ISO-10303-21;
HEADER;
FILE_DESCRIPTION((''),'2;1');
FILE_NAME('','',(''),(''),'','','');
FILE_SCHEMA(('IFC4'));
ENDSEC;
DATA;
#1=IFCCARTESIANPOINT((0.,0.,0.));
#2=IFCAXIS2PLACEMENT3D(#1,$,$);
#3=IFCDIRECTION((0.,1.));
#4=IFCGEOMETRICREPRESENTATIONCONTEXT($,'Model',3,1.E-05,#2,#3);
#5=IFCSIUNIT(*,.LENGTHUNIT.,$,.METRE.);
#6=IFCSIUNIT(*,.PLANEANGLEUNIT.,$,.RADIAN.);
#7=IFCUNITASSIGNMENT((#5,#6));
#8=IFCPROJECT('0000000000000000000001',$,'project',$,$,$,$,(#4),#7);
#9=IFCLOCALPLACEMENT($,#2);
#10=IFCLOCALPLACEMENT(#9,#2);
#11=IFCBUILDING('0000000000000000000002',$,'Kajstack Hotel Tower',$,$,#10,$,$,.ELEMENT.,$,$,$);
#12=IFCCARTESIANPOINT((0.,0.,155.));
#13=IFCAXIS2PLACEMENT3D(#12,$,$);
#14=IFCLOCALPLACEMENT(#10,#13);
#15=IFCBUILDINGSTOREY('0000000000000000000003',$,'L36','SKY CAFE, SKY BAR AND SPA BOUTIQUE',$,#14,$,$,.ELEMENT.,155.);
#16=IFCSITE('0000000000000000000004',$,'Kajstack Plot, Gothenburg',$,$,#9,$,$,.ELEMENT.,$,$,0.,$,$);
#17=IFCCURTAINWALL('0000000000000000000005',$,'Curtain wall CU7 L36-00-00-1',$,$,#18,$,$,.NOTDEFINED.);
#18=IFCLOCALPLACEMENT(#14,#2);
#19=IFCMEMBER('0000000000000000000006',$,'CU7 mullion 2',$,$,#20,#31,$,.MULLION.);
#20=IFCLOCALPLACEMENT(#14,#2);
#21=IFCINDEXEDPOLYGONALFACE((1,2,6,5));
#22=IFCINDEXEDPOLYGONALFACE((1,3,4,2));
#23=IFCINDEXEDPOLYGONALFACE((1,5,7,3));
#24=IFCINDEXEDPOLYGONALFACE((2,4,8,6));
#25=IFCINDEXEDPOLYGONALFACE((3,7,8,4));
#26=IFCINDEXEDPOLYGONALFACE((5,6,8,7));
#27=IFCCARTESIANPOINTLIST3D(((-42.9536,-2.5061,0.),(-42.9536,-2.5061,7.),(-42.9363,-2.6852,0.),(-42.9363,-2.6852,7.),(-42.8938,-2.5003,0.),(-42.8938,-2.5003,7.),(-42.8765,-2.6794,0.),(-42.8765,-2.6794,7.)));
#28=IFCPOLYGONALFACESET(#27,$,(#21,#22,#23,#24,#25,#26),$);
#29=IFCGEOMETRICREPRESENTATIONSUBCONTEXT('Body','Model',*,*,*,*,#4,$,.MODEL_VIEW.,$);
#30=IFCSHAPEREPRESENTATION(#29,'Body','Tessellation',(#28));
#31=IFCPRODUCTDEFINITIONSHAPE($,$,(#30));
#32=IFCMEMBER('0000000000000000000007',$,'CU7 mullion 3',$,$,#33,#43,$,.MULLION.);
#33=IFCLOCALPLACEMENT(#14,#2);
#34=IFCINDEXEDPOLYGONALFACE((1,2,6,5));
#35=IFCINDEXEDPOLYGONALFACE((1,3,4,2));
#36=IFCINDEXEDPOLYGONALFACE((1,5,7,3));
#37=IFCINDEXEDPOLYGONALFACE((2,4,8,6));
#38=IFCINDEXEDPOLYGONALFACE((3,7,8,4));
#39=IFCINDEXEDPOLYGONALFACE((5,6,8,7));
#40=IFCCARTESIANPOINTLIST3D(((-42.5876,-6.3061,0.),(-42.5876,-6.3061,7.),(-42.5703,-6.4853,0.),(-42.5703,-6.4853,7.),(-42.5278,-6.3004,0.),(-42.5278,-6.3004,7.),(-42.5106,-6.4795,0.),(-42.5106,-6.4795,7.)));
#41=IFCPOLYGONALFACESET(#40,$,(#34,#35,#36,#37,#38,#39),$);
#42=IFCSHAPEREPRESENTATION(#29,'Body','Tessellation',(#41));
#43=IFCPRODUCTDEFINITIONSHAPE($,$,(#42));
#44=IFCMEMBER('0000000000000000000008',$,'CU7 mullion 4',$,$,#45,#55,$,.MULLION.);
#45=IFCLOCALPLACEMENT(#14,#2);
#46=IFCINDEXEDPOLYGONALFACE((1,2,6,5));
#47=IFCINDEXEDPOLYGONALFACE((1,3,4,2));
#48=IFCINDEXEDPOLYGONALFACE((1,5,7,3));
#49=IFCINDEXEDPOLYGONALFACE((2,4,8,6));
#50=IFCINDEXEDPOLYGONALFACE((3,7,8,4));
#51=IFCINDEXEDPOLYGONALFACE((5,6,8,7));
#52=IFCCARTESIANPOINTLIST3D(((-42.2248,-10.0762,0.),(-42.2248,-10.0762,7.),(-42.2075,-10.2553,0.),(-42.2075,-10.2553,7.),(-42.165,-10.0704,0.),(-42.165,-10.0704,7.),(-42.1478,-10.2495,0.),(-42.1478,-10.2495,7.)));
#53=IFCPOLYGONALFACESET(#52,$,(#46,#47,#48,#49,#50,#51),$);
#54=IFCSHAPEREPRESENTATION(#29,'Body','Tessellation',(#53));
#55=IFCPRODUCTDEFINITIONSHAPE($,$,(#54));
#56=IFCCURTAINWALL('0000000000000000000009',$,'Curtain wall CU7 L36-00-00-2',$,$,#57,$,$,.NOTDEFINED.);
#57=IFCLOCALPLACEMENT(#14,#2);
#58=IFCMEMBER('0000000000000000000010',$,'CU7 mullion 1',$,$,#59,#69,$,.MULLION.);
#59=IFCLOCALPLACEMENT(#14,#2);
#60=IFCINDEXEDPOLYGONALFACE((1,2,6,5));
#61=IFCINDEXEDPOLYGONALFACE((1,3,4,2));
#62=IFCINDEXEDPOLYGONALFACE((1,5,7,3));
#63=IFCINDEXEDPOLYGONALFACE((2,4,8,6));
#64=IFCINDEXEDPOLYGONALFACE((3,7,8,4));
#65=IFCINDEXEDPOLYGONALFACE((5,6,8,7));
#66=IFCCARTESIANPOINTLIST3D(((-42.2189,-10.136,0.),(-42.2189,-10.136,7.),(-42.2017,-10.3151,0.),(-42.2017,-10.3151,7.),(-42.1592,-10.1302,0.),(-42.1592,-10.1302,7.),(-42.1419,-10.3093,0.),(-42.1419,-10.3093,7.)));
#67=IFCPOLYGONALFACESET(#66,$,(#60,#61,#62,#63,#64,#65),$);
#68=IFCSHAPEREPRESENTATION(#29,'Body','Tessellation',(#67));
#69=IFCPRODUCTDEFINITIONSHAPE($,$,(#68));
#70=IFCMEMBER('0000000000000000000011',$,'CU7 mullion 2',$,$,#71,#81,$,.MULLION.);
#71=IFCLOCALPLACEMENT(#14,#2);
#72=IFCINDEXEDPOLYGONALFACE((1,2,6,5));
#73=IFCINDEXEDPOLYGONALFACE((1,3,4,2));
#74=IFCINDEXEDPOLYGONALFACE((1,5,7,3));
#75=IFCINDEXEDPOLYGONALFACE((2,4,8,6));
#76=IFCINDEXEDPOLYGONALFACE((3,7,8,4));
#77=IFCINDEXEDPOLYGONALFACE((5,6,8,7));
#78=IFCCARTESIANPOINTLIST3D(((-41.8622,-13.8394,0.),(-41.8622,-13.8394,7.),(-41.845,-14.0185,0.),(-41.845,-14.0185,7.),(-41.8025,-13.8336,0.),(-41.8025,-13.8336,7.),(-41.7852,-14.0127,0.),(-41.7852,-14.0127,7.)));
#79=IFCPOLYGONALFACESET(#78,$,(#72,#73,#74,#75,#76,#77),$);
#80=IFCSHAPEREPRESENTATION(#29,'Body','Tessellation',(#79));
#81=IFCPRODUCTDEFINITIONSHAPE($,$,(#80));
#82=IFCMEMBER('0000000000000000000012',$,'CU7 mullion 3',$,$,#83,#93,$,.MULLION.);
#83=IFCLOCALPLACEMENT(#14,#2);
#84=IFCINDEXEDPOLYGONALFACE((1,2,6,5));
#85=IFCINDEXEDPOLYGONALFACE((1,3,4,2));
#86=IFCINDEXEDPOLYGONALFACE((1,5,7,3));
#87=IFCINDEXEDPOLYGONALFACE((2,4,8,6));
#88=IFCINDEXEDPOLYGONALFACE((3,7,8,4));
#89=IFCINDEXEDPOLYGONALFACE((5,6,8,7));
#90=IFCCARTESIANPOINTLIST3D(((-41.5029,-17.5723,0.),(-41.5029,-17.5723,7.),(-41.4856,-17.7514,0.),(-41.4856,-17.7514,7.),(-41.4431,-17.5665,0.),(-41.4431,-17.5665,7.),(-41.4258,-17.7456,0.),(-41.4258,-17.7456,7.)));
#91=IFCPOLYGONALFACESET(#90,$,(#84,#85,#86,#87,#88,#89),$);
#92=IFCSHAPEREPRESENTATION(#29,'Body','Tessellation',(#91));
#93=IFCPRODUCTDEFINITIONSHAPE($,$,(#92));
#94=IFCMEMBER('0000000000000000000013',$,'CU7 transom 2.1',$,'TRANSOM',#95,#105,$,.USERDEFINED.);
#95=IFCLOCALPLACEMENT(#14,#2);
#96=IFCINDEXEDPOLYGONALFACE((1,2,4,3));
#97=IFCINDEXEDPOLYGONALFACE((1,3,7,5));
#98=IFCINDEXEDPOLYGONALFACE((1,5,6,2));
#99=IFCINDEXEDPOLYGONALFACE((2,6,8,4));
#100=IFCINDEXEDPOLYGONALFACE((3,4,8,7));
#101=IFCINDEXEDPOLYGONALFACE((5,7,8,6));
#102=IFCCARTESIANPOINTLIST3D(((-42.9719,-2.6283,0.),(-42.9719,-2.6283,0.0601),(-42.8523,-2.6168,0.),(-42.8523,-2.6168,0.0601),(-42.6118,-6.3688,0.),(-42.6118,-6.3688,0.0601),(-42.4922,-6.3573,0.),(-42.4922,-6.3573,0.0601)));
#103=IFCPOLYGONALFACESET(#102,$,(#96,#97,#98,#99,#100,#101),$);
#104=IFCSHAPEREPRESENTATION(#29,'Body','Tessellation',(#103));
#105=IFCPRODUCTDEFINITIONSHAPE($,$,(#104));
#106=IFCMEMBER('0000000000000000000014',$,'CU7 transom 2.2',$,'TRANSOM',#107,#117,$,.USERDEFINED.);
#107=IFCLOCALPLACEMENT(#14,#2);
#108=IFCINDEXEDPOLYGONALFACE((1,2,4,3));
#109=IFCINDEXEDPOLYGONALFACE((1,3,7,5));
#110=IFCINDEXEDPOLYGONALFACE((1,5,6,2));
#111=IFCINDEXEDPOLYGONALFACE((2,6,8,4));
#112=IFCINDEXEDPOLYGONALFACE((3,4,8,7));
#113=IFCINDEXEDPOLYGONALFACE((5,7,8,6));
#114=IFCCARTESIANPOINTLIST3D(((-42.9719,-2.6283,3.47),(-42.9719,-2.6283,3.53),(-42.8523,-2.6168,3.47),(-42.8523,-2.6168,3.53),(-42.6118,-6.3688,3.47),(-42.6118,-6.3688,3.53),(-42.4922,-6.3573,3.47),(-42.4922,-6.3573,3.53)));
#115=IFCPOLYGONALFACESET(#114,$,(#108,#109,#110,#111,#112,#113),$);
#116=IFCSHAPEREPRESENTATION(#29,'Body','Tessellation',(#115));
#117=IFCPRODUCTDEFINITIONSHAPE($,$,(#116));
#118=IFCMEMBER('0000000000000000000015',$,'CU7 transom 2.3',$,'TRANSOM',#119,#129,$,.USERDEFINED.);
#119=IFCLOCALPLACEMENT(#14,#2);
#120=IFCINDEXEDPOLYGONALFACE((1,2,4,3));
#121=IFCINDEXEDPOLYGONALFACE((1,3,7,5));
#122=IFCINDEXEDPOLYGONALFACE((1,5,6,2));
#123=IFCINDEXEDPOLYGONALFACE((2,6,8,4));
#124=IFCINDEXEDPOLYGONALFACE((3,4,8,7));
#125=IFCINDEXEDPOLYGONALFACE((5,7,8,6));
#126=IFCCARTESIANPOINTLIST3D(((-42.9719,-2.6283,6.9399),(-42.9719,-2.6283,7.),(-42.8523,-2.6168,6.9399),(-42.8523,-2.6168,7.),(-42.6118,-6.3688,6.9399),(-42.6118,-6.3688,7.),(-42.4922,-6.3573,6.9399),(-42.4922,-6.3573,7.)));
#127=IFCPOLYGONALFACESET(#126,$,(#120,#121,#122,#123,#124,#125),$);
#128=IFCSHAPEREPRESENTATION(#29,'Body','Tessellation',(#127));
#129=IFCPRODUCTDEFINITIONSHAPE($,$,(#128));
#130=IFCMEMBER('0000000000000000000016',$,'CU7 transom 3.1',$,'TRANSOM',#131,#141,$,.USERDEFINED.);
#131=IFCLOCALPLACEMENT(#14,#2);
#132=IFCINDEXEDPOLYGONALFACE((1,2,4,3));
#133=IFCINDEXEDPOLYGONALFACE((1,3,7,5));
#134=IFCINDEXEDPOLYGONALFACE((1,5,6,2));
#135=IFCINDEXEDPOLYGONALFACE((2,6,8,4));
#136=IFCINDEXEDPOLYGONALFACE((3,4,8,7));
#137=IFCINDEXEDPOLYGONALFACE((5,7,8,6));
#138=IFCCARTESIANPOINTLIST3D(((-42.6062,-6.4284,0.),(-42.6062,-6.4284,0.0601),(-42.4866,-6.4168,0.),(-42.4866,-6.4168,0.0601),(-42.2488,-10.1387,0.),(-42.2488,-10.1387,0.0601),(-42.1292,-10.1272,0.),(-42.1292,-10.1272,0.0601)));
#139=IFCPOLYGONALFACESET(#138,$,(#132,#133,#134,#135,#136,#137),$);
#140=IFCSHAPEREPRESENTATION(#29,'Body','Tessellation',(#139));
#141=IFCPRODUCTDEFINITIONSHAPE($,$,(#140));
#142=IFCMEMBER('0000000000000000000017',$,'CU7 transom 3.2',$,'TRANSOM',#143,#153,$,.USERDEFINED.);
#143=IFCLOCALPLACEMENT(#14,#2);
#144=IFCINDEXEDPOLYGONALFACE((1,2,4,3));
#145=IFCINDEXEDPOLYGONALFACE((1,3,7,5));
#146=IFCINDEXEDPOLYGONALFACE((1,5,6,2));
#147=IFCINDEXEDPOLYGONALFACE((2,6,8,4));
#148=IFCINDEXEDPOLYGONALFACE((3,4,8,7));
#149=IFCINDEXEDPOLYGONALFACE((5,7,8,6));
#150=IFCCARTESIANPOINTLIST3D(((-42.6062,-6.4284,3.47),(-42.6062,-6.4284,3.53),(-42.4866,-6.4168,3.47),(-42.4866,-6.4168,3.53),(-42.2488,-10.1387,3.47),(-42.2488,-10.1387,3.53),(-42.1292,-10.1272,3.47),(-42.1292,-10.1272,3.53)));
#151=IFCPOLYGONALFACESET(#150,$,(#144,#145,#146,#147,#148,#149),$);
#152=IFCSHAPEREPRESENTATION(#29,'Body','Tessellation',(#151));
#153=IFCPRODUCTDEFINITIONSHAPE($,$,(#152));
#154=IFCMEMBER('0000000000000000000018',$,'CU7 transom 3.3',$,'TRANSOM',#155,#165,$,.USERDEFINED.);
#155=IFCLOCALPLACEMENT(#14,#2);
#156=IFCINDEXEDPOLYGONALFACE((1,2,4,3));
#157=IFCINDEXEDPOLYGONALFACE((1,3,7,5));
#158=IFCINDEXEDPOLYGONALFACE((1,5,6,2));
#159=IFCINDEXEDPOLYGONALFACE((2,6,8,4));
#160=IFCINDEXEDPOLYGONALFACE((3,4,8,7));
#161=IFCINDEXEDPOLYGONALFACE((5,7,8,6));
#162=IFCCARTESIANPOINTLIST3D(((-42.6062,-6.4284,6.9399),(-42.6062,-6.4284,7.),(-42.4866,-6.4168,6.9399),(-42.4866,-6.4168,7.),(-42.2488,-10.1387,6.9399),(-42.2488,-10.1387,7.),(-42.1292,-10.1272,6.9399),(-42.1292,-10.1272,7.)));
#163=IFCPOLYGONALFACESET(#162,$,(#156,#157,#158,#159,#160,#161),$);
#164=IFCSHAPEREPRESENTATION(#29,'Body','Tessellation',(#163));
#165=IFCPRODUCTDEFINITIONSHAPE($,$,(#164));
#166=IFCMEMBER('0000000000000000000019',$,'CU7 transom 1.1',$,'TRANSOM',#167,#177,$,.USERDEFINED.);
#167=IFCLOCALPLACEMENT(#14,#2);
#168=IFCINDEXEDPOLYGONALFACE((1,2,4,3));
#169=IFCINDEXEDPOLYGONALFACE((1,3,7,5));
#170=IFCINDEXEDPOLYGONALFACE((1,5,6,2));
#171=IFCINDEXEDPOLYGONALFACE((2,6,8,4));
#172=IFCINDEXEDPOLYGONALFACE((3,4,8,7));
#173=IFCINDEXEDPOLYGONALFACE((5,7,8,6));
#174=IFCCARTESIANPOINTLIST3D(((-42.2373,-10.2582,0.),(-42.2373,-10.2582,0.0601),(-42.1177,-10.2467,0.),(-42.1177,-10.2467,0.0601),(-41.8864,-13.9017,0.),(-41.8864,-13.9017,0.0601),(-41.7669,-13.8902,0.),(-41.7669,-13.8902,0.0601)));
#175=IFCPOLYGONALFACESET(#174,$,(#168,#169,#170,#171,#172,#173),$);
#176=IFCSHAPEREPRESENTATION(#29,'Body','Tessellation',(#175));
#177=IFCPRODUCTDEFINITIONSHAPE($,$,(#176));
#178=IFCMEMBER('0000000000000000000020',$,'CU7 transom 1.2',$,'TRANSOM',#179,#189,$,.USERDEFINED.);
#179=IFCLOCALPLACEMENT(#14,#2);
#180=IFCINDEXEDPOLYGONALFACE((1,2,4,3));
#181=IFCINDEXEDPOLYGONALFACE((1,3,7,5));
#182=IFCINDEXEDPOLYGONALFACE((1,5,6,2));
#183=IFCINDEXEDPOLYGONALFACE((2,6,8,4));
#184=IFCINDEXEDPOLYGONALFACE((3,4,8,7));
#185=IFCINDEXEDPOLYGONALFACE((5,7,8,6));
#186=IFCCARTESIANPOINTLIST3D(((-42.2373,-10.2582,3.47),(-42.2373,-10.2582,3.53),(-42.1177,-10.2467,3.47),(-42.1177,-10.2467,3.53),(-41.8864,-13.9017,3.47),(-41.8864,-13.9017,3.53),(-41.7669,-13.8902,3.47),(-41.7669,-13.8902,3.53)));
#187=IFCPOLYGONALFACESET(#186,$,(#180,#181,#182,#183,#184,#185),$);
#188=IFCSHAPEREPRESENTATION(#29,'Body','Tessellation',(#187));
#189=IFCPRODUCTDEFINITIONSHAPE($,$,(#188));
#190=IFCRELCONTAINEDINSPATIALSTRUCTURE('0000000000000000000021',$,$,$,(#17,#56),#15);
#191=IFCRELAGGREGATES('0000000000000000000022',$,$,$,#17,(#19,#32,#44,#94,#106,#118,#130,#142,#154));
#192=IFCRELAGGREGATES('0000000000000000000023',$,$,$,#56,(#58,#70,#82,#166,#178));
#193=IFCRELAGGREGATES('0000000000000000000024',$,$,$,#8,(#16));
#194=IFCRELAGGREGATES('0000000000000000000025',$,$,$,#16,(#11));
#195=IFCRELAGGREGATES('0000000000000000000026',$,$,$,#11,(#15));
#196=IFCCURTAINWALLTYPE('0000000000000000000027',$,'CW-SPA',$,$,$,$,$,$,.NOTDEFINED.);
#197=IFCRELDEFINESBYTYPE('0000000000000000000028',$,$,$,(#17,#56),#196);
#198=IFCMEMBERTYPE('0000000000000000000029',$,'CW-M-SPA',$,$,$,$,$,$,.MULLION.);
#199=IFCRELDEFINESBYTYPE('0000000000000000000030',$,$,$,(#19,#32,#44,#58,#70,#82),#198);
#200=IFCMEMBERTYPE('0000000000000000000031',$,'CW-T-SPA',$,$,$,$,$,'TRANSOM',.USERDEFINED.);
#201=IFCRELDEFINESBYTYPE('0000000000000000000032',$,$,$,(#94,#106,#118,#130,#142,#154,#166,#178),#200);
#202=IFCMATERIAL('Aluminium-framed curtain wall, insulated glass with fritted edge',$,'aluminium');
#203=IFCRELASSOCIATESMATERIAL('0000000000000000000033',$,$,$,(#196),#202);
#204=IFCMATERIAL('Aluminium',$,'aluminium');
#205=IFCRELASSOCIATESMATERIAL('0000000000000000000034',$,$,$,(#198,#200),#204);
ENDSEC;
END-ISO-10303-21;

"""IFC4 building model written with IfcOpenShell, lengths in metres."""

from ifc_helpers import new_model, si_unit, direction, frame, origin, origin_2d, place, context, subcontext, project, spatial, rectangle, extrude, material, material_profile, profile_set, type_object, element, aggregate, save


model = new_model("IFC4")

# Units and contexts
model_context = context("Model", 3, precision=1e-05, world=origin(), true_north=direction((0.0, 1.0)))
body_context = subcontext(model_context, "Body", "Model", "MODEL_VIEW")
ifc_project = project(units=[si_unit("LENGTHUNIT", "METRE"), si_unit("PLANEANGLEUNIT", "RADIAN")], contexts=[model_context])

# Site, building, storey
site_placement = place(None, origin())
site = spatial("IfcSite", under=ifc_project, at=site_placement, Name="Kajstack Plot, Gothenburg", CompositionType="ELEMENT", RefElevation=0.0)
building_placement = place(site_placement, origin())
building = spatial("IfcBuilding", under=site, at=building_placement, Name="Kajstack Hotel Tower", CompositionType="ELEMENT")
storey_placement = place(building_placement, frame((0.0, 0.0, 155.0)))
storey = spatial("IfcBuildingStorey", under=building, at=storey_placement, Name="L36", Description="SKY CAFE, SKY BAR AND SPA BOUTIQUE", CompositionType="ELEMENT", Elevation=155.0)

# Curtain walls, members
ifc_material_1 = material(Name="Aluminium-framed curtain wall, insulated glass with fritted edge", Category="aluminium")
curtain_wall_type = type_object("IfcCurtainWallType", Name="CW-SPA", PredefinedType="NOTDEFINED", material=ifc_material_1)
curtain_wall_1_placement = place(storey_placement, origin())
curtain_wall_1 = element("IfcCurtainWall", 1, at=curtain_wall_1_placement, inside=storey, type_object=curtain_wall_type, Name="Curtain wall CU7 L36-00-00-1", PredefinedType="NOTDEFINED")
ifc_material_2 = material(Name="Aluminium", Category="aluminium")
ifc_material_profile_1 = material_profile(ifc_material_2, rectangle(XDim=0.0601, YDim=0.1799, at=origin_2d()), Name="Aluminium mullion 60 x 180")
ifc_profile_set_1 = profile_set([ifc_material_profile_1], Name="Aluminium")
member_type_1 = type_object("IfcMemberType", Name="CW-M-SPA", PredefinedType="MULLION", material=ifc_profile_set_1)
member_1_placement = place(storey_placement, frame((-42.915, -2.5928, 0.0), z_axis=(0.0, 0.0, 1.0), x_axis=(0.995396, 0.095844, 0.0)))
member_1 = element("IfcMember", 2, at=member_1_placement, type_object=member_type_1, Name="CU7 mullion 2", PredefinedType="MULLION", context=body_context, shape_type="SweptSolid", body=[
    extrude(rectangle(XDim=0.0601, YDim=0.1799, at=origin_2d()), origin(), (0.0, 0.0, 1.0), 7.0),
])
member_2_placement = place(storey_placement, frame((-42.5491, -6.3928, 0.0), z_axis=(0.0, 0.0, 1.0), x_axis=(0.995396, 0.095844, 0.0)))
member_2 = element("IfcMember", 3, at=member_2_placement, type_object=member_type_1, Name="CU7 mullion 3", PredefinedType="MULLION", context=body_context, shape_type="SweptSolid", body=[
    extrude(rectangle(XDim=0.0601, YDim=0.1799, at=origin_2d()), origin(), (0.0, 0.0, 1.0), 7.0),
])
member_3_placement = place(storey_placement, frame((-42.1863, -10.1628, 0.0), z_axis=(0.0, 0.0, 1.0), x_axis=(0.995396, 0.095844, 0.0)))
member_3 = element("IfcMember", 4, at=member_3_placement, type_object=member_type_1, Name="CU7 mullion 4", PredefinedType="MULLION", context=body_context, shape_type="SweptSolid", body=[
    extrude(rectangle(XDim=0.0601, YDim=0.1799, at=origin_2d()), origin(), (0.0, 0.0, 1.0), 7.0),
])
curtain_wall_2_placement = place(storey_placement, origin())
curtain_wall_2 = element("IfcCurtainWall", 5, at=curtain_wall_2_placement, inside=storey, type_object=curtain_wall_type, Name="Curtain wall CU7 L36-00-00-2", PredefinedType="NOTDEFINED")
member_4_placement = place(storey_placement, frame((-42.1804, -10.2227, 0.0), z_axis=(0.0, 0.0, 1.0), x_axis=(0.995396, 0.095844, 0.0)))
member_4 = element("IfcMember", 6, at=member_4_placement, type_object=member_type_1, Name="CU7 mullion 1", PredefinedType="MULLION", context=body_context, shape_type="SweptSolid", body=[
    extrude(rectangle(XDim=0.0601, YDim=0.1799, at=origin_2d()), origin(), (0.0, 0.0, 1.0), 7.0),
])
member_5_placement = place(storey_placement, frame((-41.8237, -13.926, 0.0), z_axis=(0.0, 0.0, 1.0), x_axis=(0.995396, 0.095844, 0.0)))
member_5 = element("IfcMember", 7, at=member_5_placement, type_object=member_type_1, Name="CU7 mullion 2", PredefinedType="MULLION", context=body_context, shape_type="SweptSolid", body=[
    extrude(rectangle(XDim=0.0601, YDim=0.1799, at=origin_2d()), origin(), (0.0, 0.0, 1.0), 7.0),
])
member_6_placement = place(storey_placement, frame((-41.4644, -17.6589, 0.0), z_axis=(0.0, 0.0, 1.0), x_axis=(0.995396, 0.095844, 0.0)))
member_6 = element("IfcMember", 8, at=member_6_placement, type_object=member_type_1, Name="CU7 mullion 3", PredefinedType="MULLION", context=body_context, shape_type="SweptSolid", body=[
    extrude(rectangle(XDim=0.0601, YDim=0.1799, at=origin_2d()), origin(), (0.0, 0.0, 1.0), 7.0),
])

# Members
ifc_material_profile_2 = material_profile(ifc_material_2, rectangle(XDim=0.1201, YDim=0.0601, at=origin_2d()), Name="Aluminium transom 120 x 60")
ifc_profile_set_2 = profile_set([ifc_material_profile_2], Name="Aluminium")
member_type_2 = type_object("IfcMemberType", Name="CW-T-SPA", ElementType="TRANSOM", PredefinedType="USERDEFINED", material=ifc_profile_set_2)
member_7_placement = place(storey_placement, frame((-42.9121, -2.6226, 0.03), z_axis=(0.09583, -0.995398, 0.0), x_axis=(0.995398, 0.09583, 0.0)))
member_7 = element("IfcMember", 9, at=member_7_placement, type_object=member_type_2, Name="CU7 transom 2.1", ObjectType="TRANSOM", PredefinedType="USERDEFINED", context=body_context, shape_type="SweptSolid", body=[
    extrude(rectangle(XDim=0.1201, YDim=0.0601, at=origin_2d()), origin(), (0.0, 0.0, 1.0), 3.7578),
])
member_8_placement = place(storey_placement, frame((-42.9121, -2.6226, 3.5), z_axis=(0.09583, -0.995398, 0.0), x_axis=(0.995398, 0.09583, 0.0)))
member_8 = element("IfcMember", 10, at=member_8_placement, type_object=member_type_2, Name="CU7 transom 2.2", ObjectType="TRANSOM", PredefinedType="USERDEFINED", context=body_context, shape_type="SweptSolid", body=[
    extrude(rectangle(XDim=0.1201, YDim=0.0601, at=origin_2d()), origin(), (0.0, 0.0, 1.0), 3.7578),
])
member_9_placement = place(storey_placement, frame((-42.9121, -2.6226, 6.97), z_axis=(0.09583, -0.995398, 0.0), x_axis=(0.995398, 0.09583, 0.0)))
member_9 = element("IfcMember", 11, at=member_9_placement, type_object=member_type_2, Name="CU7 transom 2.3", ObjectType="TRANSOM", PredefinedType="USERDEFINED", context=body_context, shape_type="SweptSolid", body=[
    extrude(rectangle(XDim=0.1201, YDim=0.0601, at=origin_2d()), origin(), (0.0, 0.0, 1.0), 3.7578),
])
member_10_placement = place(storey_placement, frame((-42.5464, -6.4226, 0.03), z_axis=(0.095885, -0.995392, 0.0), x_axis=(0.995392, 0.095885, 0.0)))
member_10 = element("IfcMember", 12, at=member_10_placement, type_object=member_type_2, Name="CU7 transom 3.1", ObjectType="TRANSOM", PredefinedType="USERDEFINED", context=body_context, shape_type="SweptSolid", body=[
    extrude(rectangle(XDim=0.1201, YDim=0.0601, at=origin_2d()), origin(), (0.0, 0.0, 1.0), 3.7275),
])
member_11_placement = place(storey_placement, frame((-42.5464, -6.4226, 3.5), z_axis=(0.095885, -0.995392, 0.0), x_axis=(0.995392, 0.095885, 0.0)))
member_11 = element("IfcMember", 13, at=member_11_placement, type_object=member_type_2, Name="CU7 transom 3.2", ObjectType="TRANSOM", PredefinedType="USERDEFINED", context=body_context, shape_type="SweptSolid", body=[
    extrude(rectangle(XDim=0.1201, YDim=0.0601, at=origin_2d()), origin(), (0.0, 0.0, 1.0), 3.7275),
])
member_12_placement = place(storey_placement, frame((-42.5464, -6.4226, 6.97), z_axis=(0.095885, -0.995392, 0.0), x_axis=(0.995392, 0.095885, 0.0)))
member_12 = element("IfcMember", 14, at=member_12_placement, type_object=member_type_2, Name="CU7 transom 3.3", ObjectType="TRANSOM", PredefinedType="USERDEFINED", context=body_context, shape_type="SweptSolid", body=[
    extrude(rectangle(XDim=0.1201, YDim=0.0601, at=origin_2d()), origin(), (0.0, 0.0, 1.0), 3.7275),
])
member_13_placement = place(storey_placement, frame((-42.1775, -10.2524, 0.03), z_axis=(0.095845, -0.995396, 0.0), x_axis=(0.995396, 0.095845, 0.0)))
member_13 = element("IfcMember", 15, at=member_13_placement, type_object=member_type_2, Name="CU7 transom 1.1", ObjectType="TRANSOM", PredefinedType="USERDEFINED", context=body_context, shape_type="SweptSolid", body=[
    extrude(rectangle(XDim=0.1201, YDim=0.0601, at=origin_2d()), origin(), (0.0, 0.0, 1.0), 3.6604),
])
member_14_placement = place(storey_placement, frame((-42.1775, -10.2524, 3.5), z_axis=(0.095845, -0.995396, 0.0), x_axis=(0.995396, 0.095845, 0.0)))
member_14 = element("IfcMember", 16, at=member_14_placement, type_object=member_type_2, Name="CU7 transom 1.2", ObjectType="TRANSOM", PredefinedType="USERDEFINED", context=body_context, shape_type="SweptSolid", body=[
    extrude(rectangle(XDim=0.1201, YDim=0.0601, at=origin_2d()), origin(), (0.0, 0.0, 1.0), 3.6604),
])

aggregate(curtain_wall_1, [member_1, member_2, member_3, member_7, member_8, member_9, member_10, member_11, member_12])
aggregate(curtain_wall_2, [member_4, member_5, member_6, member_13, member_14])

save(model, "model.ifc")
